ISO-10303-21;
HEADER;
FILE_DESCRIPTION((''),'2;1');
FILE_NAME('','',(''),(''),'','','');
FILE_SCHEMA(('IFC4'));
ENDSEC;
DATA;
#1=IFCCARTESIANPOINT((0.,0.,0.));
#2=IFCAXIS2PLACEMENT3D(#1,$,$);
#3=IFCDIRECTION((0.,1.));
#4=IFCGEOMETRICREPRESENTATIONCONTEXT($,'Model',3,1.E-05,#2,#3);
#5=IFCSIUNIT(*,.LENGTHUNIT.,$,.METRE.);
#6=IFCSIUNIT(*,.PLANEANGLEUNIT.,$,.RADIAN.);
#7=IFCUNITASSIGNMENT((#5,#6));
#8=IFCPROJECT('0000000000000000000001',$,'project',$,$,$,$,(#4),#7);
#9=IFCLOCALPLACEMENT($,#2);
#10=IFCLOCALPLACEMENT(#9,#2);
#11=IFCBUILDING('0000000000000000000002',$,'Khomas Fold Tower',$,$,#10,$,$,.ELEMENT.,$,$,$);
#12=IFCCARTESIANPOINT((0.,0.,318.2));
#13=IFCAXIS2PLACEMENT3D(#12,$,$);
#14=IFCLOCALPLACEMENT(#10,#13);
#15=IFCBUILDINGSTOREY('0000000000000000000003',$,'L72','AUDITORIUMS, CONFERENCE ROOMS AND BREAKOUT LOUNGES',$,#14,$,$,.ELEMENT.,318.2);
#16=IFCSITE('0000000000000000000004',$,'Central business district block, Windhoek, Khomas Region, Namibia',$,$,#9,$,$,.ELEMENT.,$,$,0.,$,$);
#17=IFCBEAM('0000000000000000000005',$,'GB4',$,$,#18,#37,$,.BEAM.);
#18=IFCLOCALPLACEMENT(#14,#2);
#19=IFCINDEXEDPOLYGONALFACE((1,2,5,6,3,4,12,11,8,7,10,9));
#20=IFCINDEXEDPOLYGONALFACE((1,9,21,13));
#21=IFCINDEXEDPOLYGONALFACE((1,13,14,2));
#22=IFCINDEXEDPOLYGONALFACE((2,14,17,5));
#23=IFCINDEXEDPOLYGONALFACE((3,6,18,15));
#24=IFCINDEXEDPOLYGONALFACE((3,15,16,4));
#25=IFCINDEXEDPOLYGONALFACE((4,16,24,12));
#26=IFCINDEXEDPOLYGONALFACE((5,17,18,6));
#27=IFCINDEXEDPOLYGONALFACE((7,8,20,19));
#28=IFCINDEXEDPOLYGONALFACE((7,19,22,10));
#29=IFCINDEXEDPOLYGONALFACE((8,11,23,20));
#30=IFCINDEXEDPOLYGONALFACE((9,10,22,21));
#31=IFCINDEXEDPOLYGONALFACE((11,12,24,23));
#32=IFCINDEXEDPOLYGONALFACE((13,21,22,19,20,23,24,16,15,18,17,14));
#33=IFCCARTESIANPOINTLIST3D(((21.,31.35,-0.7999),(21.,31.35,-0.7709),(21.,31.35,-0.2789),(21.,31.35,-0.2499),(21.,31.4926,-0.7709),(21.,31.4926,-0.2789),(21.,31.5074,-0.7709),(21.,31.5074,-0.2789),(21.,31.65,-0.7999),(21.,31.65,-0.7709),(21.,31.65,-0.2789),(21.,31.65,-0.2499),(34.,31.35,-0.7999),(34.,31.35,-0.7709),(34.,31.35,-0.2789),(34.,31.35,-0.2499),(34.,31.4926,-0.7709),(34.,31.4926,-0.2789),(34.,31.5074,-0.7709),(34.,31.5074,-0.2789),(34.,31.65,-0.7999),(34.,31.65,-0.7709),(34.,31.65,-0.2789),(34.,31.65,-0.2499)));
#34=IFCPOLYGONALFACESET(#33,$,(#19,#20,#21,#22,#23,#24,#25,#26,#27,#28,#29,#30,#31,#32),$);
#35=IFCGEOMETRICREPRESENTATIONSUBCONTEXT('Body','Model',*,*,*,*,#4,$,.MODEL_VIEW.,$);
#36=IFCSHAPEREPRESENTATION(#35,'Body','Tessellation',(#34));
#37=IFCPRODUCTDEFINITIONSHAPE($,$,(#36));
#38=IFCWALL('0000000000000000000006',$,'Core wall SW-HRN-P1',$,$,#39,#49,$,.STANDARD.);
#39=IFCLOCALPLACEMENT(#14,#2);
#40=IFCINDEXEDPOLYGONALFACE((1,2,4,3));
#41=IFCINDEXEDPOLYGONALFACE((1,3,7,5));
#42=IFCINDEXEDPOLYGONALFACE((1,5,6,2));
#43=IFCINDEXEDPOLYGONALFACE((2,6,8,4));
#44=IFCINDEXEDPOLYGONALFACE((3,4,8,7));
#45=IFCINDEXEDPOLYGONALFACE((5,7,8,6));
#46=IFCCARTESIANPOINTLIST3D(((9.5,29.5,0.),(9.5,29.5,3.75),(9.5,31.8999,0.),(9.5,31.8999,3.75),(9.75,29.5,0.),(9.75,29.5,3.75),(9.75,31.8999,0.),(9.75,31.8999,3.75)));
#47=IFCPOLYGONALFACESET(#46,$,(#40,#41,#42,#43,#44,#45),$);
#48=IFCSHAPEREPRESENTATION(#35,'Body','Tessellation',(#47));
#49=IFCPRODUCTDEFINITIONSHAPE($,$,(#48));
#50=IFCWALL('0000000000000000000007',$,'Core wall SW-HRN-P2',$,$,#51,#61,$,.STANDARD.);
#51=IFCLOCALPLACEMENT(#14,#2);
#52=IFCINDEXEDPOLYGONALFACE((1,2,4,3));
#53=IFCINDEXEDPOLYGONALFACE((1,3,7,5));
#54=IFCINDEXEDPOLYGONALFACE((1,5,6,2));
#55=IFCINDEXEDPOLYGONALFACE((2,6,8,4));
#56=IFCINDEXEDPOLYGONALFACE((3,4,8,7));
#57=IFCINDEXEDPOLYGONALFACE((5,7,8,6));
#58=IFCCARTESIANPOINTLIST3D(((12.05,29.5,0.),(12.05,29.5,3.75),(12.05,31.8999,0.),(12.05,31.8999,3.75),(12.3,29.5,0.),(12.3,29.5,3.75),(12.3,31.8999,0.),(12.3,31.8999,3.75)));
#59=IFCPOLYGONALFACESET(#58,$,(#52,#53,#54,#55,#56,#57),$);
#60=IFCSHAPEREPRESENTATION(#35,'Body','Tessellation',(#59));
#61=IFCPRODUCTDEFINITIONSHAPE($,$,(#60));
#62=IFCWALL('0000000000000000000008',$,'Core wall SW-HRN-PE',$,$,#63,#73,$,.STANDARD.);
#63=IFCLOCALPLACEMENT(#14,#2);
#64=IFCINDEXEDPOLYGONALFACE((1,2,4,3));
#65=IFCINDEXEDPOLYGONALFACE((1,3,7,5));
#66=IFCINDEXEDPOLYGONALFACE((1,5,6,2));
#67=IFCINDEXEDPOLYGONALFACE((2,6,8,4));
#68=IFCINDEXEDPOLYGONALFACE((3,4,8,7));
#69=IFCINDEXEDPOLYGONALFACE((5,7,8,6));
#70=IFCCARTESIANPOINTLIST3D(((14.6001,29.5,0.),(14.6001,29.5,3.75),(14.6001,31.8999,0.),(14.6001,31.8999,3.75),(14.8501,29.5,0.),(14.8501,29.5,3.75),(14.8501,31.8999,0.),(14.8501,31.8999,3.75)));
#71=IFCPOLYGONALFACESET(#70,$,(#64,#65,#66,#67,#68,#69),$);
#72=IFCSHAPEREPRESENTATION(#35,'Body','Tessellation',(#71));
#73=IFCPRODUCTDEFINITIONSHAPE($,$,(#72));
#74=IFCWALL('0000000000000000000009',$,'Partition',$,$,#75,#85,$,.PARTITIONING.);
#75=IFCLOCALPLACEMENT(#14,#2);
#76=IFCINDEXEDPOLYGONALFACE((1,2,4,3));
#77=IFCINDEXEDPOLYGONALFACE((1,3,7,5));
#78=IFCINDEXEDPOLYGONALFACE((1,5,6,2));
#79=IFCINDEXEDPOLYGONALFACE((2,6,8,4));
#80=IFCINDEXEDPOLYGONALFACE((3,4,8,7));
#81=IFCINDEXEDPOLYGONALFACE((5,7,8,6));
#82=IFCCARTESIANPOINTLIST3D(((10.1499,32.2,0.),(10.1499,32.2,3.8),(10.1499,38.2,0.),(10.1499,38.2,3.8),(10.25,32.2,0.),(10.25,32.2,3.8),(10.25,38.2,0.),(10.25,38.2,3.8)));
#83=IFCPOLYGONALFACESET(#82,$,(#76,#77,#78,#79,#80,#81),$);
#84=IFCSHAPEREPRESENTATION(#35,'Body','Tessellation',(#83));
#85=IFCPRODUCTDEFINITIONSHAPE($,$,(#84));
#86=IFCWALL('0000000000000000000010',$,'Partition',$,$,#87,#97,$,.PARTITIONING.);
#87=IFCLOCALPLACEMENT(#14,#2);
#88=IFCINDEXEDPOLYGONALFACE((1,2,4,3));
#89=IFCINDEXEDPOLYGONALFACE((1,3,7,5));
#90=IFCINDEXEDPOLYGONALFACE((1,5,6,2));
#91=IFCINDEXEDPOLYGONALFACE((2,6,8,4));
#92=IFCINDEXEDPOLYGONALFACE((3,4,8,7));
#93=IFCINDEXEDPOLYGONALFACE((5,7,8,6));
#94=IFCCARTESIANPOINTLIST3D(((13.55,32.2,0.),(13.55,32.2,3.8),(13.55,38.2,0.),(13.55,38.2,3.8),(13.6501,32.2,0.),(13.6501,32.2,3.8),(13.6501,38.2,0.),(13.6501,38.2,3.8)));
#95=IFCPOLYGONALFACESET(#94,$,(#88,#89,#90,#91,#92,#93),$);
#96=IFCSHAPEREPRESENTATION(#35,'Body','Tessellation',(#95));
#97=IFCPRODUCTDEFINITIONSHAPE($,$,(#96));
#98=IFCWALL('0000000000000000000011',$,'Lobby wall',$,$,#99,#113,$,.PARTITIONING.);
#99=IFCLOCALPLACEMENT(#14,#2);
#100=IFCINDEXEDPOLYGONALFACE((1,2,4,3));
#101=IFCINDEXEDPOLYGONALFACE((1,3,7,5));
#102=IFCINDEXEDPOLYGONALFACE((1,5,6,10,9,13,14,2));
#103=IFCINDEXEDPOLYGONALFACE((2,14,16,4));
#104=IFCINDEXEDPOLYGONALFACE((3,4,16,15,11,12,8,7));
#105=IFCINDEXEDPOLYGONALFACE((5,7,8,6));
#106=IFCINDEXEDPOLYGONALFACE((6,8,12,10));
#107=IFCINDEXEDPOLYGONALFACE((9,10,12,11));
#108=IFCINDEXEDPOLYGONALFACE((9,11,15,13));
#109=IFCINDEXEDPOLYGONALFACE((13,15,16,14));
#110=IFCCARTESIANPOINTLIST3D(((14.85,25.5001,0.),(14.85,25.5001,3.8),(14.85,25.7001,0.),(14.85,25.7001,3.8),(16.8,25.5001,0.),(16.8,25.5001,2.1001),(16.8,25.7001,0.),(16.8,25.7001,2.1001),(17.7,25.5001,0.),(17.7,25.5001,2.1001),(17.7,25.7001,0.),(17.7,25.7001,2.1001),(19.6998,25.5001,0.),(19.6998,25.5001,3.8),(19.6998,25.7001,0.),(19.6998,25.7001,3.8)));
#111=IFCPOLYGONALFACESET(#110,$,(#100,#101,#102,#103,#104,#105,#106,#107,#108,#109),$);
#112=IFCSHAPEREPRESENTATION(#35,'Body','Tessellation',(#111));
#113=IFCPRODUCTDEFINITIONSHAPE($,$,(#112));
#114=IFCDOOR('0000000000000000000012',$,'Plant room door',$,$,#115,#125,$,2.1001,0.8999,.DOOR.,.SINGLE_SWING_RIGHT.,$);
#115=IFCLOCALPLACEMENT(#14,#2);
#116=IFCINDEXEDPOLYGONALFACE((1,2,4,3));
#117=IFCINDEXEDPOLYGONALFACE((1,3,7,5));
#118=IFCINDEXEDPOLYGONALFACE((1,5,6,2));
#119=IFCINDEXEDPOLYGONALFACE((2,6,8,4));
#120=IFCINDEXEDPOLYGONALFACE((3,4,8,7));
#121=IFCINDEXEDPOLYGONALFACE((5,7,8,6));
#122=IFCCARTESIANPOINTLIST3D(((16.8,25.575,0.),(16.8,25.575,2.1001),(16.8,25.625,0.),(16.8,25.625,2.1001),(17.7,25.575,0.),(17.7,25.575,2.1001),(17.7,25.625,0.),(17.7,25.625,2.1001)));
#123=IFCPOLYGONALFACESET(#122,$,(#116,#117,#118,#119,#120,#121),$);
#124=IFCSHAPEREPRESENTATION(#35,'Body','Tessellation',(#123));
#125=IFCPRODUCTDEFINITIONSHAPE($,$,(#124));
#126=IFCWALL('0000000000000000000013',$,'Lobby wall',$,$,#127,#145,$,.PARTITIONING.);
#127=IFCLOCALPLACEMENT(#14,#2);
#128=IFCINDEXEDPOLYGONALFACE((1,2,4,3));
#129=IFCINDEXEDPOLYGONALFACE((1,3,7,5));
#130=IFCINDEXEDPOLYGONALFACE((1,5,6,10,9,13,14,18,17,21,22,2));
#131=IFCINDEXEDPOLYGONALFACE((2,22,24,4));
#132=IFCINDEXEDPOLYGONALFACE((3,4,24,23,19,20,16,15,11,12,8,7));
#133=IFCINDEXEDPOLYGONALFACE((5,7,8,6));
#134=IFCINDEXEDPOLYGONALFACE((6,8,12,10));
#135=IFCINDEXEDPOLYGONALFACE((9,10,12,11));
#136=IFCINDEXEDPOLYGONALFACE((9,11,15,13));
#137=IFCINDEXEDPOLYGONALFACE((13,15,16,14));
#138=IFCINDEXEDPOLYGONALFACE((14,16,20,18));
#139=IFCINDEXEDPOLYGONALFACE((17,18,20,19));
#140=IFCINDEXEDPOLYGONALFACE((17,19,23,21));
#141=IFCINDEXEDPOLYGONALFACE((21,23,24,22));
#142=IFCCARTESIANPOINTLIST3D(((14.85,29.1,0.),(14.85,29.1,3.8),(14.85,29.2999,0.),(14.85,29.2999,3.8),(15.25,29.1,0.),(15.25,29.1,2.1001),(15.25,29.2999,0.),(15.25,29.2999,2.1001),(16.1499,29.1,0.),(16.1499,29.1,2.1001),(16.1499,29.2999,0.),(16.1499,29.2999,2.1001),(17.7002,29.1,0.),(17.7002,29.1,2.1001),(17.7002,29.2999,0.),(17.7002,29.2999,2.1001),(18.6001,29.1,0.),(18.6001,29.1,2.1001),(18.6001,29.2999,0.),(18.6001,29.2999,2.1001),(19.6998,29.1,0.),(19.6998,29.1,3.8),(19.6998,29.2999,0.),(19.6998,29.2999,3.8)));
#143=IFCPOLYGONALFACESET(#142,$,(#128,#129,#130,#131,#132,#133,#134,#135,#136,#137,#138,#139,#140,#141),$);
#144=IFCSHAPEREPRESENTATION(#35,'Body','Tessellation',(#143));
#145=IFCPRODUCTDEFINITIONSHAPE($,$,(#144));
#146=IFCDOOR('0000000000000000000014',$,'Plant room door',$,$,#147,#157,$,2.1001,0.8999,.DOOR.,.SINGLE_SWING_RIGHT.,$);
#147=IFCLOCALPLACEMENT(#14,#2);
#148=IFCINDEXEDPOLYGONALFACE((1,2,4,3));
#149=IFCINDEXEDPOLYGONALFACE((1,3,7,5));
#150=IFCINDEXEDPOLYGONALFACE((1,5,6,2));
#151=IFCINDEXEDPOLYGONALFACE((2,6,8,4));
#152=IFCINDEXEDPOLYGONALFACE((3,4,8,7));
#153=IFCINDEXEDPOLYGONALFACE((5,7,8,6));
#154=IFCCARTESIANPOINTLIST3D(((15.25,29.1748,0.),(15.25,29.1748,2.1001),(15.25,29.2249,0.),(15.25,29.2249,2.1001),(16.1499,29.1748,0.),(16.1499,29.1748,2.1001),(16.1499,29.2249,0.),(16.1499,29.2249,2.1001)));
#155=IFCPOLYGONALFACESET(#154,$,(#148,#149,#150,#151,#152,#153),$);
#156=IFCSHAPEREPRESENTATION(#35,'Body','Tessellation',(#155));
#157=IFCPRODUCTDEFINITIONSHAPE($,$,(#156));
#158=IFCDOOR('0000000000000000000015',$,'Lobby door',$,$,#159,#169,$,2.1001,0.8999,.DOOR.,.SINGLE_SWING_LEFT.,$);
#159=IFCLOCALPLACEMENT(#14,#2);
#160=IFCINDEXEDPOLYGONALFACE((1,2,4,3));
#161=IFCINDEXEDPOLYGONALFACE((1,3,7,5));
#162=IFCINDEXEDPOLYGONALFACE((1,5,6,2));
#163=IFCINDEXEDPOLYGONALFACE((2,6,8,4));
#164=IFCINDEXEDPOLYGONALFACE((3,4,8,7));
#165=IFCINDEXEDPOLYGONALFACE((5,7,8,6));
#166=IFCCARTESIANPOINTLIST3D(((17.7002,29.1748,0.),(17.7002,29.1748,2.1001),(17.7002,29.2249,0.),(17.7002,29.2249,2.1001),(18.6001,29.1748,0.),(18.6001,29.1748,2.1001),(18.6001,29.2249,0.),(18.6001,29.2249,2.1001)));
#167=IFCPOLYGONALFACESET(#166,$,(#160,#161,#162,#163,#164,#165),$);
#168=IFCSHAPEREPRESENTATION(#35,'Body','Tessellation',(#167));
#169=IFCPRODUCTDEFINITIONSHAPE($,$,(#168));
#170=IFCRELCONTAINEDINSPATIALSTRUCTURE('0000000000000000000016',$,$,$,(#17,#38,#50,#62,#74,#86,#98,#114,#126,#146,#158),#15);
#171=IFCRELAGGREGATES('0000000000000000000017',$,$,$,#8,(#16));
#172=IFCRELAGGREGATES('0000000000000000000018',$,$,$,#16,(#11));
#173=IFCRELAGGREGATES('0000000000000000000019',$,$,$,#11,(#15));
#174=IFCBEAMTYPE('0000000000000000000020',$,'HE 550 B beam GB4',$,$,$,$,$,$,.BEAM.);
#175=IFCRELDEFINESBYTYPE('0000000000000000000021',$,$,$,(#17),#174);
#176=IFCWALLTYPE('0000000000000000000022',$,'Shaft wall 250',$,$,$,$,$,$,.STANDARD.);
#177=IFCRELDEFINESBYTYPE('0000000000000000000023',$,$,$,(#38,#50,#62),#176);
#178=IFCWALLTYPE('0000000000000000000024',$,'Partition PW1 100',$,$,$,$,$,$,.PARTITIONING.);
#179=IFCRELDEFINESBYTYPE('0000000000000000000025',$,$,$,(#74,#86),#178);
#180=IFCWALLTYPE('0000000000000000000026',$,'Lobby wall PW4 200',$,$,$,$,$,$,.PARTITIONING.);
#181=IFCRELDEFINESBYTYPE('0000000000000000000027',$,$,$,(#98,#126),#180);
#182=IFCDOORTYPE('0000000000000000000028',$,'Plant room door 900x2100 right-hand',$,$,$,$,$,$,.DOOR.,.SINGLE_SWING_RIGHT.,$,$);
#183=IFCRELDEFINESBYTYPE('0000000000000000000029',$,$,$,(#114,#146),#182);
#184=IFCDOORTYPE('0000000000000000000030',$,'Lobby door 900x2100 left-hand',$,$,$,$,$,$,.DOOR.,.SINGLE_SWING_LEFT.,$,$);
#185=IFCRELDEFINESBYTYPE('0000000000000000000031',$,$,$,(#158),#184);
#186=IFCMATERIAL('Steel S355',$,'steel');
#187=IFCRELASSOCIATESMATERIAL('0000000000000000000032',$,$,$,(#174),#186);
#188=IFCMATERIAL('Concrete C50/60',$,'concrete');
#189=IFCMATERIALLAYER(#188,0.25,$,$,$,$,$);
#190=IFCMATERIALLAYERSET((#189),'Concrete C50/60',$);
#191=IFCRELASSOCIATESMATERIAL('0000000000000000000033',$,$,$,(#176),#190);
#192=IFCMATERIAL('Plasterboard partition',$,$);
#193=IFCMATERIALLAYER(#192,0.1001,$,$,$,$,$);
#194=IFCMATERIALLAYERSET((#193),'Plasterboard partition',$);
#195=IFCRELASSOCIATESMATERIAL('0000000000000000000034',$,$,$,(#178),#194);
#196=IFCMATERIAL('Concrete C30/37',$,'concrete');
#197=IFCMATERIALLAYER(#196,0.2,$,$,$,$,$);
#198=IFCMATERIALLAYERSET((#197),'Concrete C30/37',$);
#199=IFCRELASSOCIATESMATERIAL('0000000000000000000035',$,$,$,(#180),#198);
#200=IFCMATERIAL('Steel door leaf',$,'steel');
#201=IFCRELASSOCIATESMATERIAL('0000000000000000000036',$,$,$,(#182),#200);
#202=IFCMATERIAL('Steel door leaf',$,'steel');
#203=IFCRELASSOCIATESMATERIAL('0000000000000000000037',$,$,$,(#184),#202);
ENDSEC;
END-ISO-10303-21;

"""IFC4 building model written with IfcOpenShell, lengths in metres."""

from ifc_helpers import new_model, si_unit, direction, frame, frame_2d, origin, origin_2d, place, context, subcontext, project, spatial, rectangle, i_section, extrude, source, transform, mapped, material, layer, layer_set, material_profile, profile_set, type_object, element, fill, save


model = new_model("IFC4")

# Units and contexts
model_context = context("Model", 3, precision=1e-05, world=origin(), true_north=direction((0.0, 1.0)))
body_context = subcontext(model_context, "Body", "Model", "MODEL_VIEW")
ifc_project = project(units=[si_unit("LENGTHUNIT", "METRE"), si_unit("PLANEANGLEUNIT", "RADIAN")], contexts=[model_context])

# Site, building, storey
site_placement = place(None, origin())
site = spatial("IfcSite", under=ifc_project, at=site_placement, Name="Central business district block, Windhoek, Khomas Region, Namibia", CompositionType="ELEMENT", RefElevation=0.0)
building_placement = place(site_placement, origin())
building = spatial("IfcBuilding", under=site, at=building_placement, Name="Khomas Fold Tower", CompositionType="ELEMENT")
storey_placement = place(building_placement, frame((0.0, 0.0, 318.2)))
storey = spatial("IfcBuildingStorey", under=building, at=storey_placement, Name="L72", Description="AUDITORIUMS, CONFERENCE ROOMS AND BREAKOUT LOUNGES", CompositionType="ELEMENT", Elevation=318.2)

# Beam
ifc_material_1 = material(Name="Steel S355", Category="steel")
ifc_material_profile = material_profile(ifc_material_1, i_section(OverallWidth=0.3, OverallDepth=0.55, WebThickness=0.0149, FlangeThickness=0.0291, at=origin_2d()), Name="HE 550 B")
ifc_profile_set = profile_set([ifc_material_profile], Name="Steel S355")
beam_type = type_object("IfcBeamType", Name="HE 550 B beam GB4", PredefinedType="BEAM", material=ifc_profile_set)
shared_shape_1 = source(origin(), body_context, "Body", "SweptSolid", [
    extrude(i_section(OverallWidth=0.3, OverallDepth=0.55, WebThickness=0.0149, FlangeThickness=0.0291, at=origin_2d()), origin(), (0.0, 0.0, 1.0), 13.0),
])
beam_placement = place(storey_placement, frame((21.0, 31.5, -0.5249), z_axis=(1.0, 0.0, 0.0), x_axis=(0.0, 1.0, 0.0)))
element("IfcBeam", 1, at=beam_placement, inside=storey, type_object=beam_type, Name="GB4", PredefinedType="BEAM", context=body_context, shape_type="MappedRepresentation", body=[
    mapped(shared_shape_1, transform((0.0, 0.0, 0.0))),
])

# Walls
ifc_material_2 = material(Name="Concrete C50/60", Category="concrete")
ifc_layer_1 = layer(ifc_material_2, 0.25)
ifc_layer_set_1 = layer_set([ifc_layer_1], Name="Concrete C50/60")
wall_type_1 = type_object("IfcWallType", Name="Shaft wall 250", PredefinedType="STANDARD", material=ifc_layer_set_1)
shared_shape_2 = source(origin(), body_context, "Body", "SweptSolid", [
    extrude(rectangle(XDim=2.3999, YDim=0.25, at=frame_2d((1.2, 0.0))), origin(), (0.0, 0.0, 1.0), 3.75),
])
for number, where, z_axis, x_axis, name in (
    (2, (9.625, 29.5, 0.0), (0.0, 0.0, 1.0), (0.0, 1.0, 0.0), "Core wall SW-HRN-P1"),
    (3, (12.175, 29.5, 0.0), (0.0, 0.0, 1.0), (0.0, 1.0, 0.0), "Core wall SW-HRN-P2"),
    (4, (14.7251, 29.5, 0.0), (0.0, 0.0, 1.0), (0.0, 1.0, 0.0), "Core wall SW-HRN-PE"),
):
    element("IfcWall", number, at=place(storey_placement, frame(where, z_axis=z_axis, x_axis=x_axis)), inside=storey, type_object=wall_type_1, Name=name, PredefinedType="STANDARD", context=body_context, shape_type="MappedRepresentation", body=[
        mapped(shared_shape_2, transform((0.0, 0.0, 0.0))),
    ])
ifc_material_3 = material(Name="Plasterboard partition")
ifc_layer_2 = layer(ifc_material_3, 0.1001)
ifc_layer_set_2 = layer_set([ifc_layer_2], Name="Plasterboard partition")
wall_type_2 = type_object("IfcWallType", Name="Partition PW1 100", PredefinedType="PARTITIONING", material=ifc_layer_set_2)
shared_shape_3 = source(origin(), body_context, "Body", "SweptSolid", [
    extrude(rectangle(XDim=6.0, YDim=0.1001, at=frame_2d((3.0, 0.0))), origin(), (0.0, 0.0, 1.0), 3.8),
])
for number, where, z_axis, x_axis, name in (
    (5, (10.2, 32.2, 0.0), (0.0, 0.0, 1.0), (0.0, 1.0, 0.0), "Partition"),
    (6, (13.6001, 32.2, 0.0), (0.0, 0.0, 1.0), (0.0, 1.0, 0.0), "Partition"),
):
    element("IfcWall", number, at=place(storey_placement, frame(where, z_axis=z_axis, x_axis=x_axis)), inside=storey, type_object=wall_type_2, Name=name, PredefinedType="PARTITIONING", context=body_context, shape_type="MappedRepresentation", body=[
        mapped(shared_shape_3, transform((0.0, 0.0, 0.0))),
    ])

# Wall, opening, door
ifc_material_4 = material(Name="Concrete C30/37", Category="concrete")
ifc_layer_3 = layer(ifc_material_4, 0.2)
ifc_layer_set_3 = layer_set([ifc_layer_3], Name="Concrete C30/37")
wall_type_3 = type_object("IfcWallType", Name="Lobby wall PW4 200", PredefinedType="PARTITIONING", material=ifc_layer_set_3)
shared_shape_4 = source(origin(), body_context, "Body", "SweptSolid", [
    extrude(rectangle(XDim=4.8499, YDim=0.2, at=frame_2d((2.4248, 0.0))), origin(), (0.0, 0.0, 1.0), 3.8),
])
wall_1_placement = place(storey_placement, frame((14.8501, 25.6001, 0.0), z_axis=(0.0, 0.0, 1.0), x_axis=(1.0, 0.0, 0.0)))
wall_1 = element("IfcWall", 7, at=wall_1_placement, inside=storey, type_object=wall_type_3, Name="Lobby wall", PredefinedType="PARTITIONING", context=body_context, shape_type="MappedRepresentation", body=[
    mapped(shared_shape_4, transform((0.0, 0.0, 0.0))),
])
shared_shape_5 = source(origin(), body_context, "Body", "SweptSolid", [
    extrude(rectangle(XDim=0.8999, YDim=2.1001, at=frame_2d((0.45, 1.05))), frame((0.0, 0.1099, 0.0), z_axis=(0.0, -1.0, 0.0), x_axis=(1.0, 0.0, 0.0)), (0.0, 0.0, 1.0), 0.22),
])
opening_1_placement = place(wall_1_placement, frame((1.95, 0.0, 0.0)))
opening_1 = element("IfcOpeningElement", 8, at=opening_1_placement, cuts=wall_1, PredefinedType="OPENING", context=body_context, shape_type="MappedRepresentation", body=[
    mapped(shared_shape_5, transform((0.0, 0.0, 0.0))),
])
ifc_material_5 = material(Name="Steel door leaf", Category="steel")
door_type_1 = type_object("IfcDoorType", Name="Plant room door 900x2100 right-hand", OperationType="SINGLE_SWING_RIGHT", PredefinedType="DOOR", material=ifc_material_5)
shared_shape_6 = source(origin(), body_context, "Body", "SweptSolid", [
    extrude(rectangle(XDim=0.8999, YDim=2.1001, at=frame_2d((0.45, 1.05))), frame((0.0, 0.0249, 0.0), z_axis=(0.0, -1.0, 0.0), x_axis=(1.0, 0.0, 0.0)), (0.0, 0.0, 1.0), 0.05),
])
door_1_placement = place(opening_1_placement, origin())
door_1 = element("IfcDoor", 9, at=door_1_placement, inside=storey, type_object=door_type_1, Name="Plant room door", OperationType="SINGLE_SWING_RIGHT", OverallHeight=2.1001, OverallWidth=0.8999, PredefinedType="DOOR", context=body_context, shape_type="MappedRepresentation", body=[
    mapped(shared_shape_6, transform((0.0, 0.0, 0.0))),
])
fill(opening_1, door_1)

# Wall, openings, doors
wall_2_placement = place(storey_placement, frame((14.8501, 29.2, 0.0), z_axis=(0.0, 0.0, 1.0), x_axis=(1.0, 0.0, 0.0)))
wall_2 = element("IfcWall", 10, at=wall_2_placement, inside=storey, type_object=wall_type_3, Name="Lobby wall", PredefinedType="PARTITIONING", context=body_context, shape_type="MappedRepresentation", body=[
    mapped(shared_shape_4, transform((0.0, 0.0, 0.0))),
])
opening_2_placement = place(wall_2_placement, frame((0.3999, 0.0, 0.0)))
opening_2 = element("IfcOpeningElement", 11, at=opening_2_placement, cuts=wall_2, PredefinedType="OPENING", context=body_context, shape_type="MappedRepresentation", body=[
    mapped(shared_shape_5, transform((0.0, 0.0, 0.0))),
])
opening_3_placement = place(wall_2_placement, frame((2.8501, 0.0, 0.0)))
opening_3 = element("IfcOpeningElement", 12, at=opening_3_placement, cuts=wall_2, PredefinedType="OPENING", context=body_context, shape_type="MappedRepresentation", body=[
    mapped(shared_shape_5, transform((0.0, 0.0, 0.0))),
])
door_2_placement = place(opening_2_placement, origin())
door_2 = element("IfcDoor", 13, at=door_2_placement, inside=storey, type_object=door_type_1, Name="Plant room door", OperationType="SINGLE_SWING_RIGHT", OverallHeight=2.1001, OverallWidth=0.8999, PredefinedType="DOOR", context=body_context, shape_type="MappedRepresentation", body=[
    mapped(shared_shape_6, transform((0.0, 0.0, 0.0))),
])
fill(opening_2, door_2)
ifc_material_6 = material(Name="Steel door leaf", Category="steel")
door_type_2 = type_object("IfcDoorType", Name="Lobby door 900x2100 left-hand", OperationType="SINGLE_SWING_LEFT", PredefinedType="DOOR", material=ifc_material_6)
door_3_placement = place(opening_3_placement, origin())
door_3 = element("IfcDoor", 14, at=door_3_placement, inside=storey, type_object=door_type_2, Name="Lobby door", OperationType="SINGLE_SWING_LEFT", OverallHeight=2.1001, OverallWidth=0.8999, PredefinedType="DOOR", context=body_context, shape_type="MappedRepresentation", body=[
    mapped(shared_shape_6, transform((0.0, 0.0, 0.0))),
])
fill(opening_3, door_3)

save(model, "model.ifc")
